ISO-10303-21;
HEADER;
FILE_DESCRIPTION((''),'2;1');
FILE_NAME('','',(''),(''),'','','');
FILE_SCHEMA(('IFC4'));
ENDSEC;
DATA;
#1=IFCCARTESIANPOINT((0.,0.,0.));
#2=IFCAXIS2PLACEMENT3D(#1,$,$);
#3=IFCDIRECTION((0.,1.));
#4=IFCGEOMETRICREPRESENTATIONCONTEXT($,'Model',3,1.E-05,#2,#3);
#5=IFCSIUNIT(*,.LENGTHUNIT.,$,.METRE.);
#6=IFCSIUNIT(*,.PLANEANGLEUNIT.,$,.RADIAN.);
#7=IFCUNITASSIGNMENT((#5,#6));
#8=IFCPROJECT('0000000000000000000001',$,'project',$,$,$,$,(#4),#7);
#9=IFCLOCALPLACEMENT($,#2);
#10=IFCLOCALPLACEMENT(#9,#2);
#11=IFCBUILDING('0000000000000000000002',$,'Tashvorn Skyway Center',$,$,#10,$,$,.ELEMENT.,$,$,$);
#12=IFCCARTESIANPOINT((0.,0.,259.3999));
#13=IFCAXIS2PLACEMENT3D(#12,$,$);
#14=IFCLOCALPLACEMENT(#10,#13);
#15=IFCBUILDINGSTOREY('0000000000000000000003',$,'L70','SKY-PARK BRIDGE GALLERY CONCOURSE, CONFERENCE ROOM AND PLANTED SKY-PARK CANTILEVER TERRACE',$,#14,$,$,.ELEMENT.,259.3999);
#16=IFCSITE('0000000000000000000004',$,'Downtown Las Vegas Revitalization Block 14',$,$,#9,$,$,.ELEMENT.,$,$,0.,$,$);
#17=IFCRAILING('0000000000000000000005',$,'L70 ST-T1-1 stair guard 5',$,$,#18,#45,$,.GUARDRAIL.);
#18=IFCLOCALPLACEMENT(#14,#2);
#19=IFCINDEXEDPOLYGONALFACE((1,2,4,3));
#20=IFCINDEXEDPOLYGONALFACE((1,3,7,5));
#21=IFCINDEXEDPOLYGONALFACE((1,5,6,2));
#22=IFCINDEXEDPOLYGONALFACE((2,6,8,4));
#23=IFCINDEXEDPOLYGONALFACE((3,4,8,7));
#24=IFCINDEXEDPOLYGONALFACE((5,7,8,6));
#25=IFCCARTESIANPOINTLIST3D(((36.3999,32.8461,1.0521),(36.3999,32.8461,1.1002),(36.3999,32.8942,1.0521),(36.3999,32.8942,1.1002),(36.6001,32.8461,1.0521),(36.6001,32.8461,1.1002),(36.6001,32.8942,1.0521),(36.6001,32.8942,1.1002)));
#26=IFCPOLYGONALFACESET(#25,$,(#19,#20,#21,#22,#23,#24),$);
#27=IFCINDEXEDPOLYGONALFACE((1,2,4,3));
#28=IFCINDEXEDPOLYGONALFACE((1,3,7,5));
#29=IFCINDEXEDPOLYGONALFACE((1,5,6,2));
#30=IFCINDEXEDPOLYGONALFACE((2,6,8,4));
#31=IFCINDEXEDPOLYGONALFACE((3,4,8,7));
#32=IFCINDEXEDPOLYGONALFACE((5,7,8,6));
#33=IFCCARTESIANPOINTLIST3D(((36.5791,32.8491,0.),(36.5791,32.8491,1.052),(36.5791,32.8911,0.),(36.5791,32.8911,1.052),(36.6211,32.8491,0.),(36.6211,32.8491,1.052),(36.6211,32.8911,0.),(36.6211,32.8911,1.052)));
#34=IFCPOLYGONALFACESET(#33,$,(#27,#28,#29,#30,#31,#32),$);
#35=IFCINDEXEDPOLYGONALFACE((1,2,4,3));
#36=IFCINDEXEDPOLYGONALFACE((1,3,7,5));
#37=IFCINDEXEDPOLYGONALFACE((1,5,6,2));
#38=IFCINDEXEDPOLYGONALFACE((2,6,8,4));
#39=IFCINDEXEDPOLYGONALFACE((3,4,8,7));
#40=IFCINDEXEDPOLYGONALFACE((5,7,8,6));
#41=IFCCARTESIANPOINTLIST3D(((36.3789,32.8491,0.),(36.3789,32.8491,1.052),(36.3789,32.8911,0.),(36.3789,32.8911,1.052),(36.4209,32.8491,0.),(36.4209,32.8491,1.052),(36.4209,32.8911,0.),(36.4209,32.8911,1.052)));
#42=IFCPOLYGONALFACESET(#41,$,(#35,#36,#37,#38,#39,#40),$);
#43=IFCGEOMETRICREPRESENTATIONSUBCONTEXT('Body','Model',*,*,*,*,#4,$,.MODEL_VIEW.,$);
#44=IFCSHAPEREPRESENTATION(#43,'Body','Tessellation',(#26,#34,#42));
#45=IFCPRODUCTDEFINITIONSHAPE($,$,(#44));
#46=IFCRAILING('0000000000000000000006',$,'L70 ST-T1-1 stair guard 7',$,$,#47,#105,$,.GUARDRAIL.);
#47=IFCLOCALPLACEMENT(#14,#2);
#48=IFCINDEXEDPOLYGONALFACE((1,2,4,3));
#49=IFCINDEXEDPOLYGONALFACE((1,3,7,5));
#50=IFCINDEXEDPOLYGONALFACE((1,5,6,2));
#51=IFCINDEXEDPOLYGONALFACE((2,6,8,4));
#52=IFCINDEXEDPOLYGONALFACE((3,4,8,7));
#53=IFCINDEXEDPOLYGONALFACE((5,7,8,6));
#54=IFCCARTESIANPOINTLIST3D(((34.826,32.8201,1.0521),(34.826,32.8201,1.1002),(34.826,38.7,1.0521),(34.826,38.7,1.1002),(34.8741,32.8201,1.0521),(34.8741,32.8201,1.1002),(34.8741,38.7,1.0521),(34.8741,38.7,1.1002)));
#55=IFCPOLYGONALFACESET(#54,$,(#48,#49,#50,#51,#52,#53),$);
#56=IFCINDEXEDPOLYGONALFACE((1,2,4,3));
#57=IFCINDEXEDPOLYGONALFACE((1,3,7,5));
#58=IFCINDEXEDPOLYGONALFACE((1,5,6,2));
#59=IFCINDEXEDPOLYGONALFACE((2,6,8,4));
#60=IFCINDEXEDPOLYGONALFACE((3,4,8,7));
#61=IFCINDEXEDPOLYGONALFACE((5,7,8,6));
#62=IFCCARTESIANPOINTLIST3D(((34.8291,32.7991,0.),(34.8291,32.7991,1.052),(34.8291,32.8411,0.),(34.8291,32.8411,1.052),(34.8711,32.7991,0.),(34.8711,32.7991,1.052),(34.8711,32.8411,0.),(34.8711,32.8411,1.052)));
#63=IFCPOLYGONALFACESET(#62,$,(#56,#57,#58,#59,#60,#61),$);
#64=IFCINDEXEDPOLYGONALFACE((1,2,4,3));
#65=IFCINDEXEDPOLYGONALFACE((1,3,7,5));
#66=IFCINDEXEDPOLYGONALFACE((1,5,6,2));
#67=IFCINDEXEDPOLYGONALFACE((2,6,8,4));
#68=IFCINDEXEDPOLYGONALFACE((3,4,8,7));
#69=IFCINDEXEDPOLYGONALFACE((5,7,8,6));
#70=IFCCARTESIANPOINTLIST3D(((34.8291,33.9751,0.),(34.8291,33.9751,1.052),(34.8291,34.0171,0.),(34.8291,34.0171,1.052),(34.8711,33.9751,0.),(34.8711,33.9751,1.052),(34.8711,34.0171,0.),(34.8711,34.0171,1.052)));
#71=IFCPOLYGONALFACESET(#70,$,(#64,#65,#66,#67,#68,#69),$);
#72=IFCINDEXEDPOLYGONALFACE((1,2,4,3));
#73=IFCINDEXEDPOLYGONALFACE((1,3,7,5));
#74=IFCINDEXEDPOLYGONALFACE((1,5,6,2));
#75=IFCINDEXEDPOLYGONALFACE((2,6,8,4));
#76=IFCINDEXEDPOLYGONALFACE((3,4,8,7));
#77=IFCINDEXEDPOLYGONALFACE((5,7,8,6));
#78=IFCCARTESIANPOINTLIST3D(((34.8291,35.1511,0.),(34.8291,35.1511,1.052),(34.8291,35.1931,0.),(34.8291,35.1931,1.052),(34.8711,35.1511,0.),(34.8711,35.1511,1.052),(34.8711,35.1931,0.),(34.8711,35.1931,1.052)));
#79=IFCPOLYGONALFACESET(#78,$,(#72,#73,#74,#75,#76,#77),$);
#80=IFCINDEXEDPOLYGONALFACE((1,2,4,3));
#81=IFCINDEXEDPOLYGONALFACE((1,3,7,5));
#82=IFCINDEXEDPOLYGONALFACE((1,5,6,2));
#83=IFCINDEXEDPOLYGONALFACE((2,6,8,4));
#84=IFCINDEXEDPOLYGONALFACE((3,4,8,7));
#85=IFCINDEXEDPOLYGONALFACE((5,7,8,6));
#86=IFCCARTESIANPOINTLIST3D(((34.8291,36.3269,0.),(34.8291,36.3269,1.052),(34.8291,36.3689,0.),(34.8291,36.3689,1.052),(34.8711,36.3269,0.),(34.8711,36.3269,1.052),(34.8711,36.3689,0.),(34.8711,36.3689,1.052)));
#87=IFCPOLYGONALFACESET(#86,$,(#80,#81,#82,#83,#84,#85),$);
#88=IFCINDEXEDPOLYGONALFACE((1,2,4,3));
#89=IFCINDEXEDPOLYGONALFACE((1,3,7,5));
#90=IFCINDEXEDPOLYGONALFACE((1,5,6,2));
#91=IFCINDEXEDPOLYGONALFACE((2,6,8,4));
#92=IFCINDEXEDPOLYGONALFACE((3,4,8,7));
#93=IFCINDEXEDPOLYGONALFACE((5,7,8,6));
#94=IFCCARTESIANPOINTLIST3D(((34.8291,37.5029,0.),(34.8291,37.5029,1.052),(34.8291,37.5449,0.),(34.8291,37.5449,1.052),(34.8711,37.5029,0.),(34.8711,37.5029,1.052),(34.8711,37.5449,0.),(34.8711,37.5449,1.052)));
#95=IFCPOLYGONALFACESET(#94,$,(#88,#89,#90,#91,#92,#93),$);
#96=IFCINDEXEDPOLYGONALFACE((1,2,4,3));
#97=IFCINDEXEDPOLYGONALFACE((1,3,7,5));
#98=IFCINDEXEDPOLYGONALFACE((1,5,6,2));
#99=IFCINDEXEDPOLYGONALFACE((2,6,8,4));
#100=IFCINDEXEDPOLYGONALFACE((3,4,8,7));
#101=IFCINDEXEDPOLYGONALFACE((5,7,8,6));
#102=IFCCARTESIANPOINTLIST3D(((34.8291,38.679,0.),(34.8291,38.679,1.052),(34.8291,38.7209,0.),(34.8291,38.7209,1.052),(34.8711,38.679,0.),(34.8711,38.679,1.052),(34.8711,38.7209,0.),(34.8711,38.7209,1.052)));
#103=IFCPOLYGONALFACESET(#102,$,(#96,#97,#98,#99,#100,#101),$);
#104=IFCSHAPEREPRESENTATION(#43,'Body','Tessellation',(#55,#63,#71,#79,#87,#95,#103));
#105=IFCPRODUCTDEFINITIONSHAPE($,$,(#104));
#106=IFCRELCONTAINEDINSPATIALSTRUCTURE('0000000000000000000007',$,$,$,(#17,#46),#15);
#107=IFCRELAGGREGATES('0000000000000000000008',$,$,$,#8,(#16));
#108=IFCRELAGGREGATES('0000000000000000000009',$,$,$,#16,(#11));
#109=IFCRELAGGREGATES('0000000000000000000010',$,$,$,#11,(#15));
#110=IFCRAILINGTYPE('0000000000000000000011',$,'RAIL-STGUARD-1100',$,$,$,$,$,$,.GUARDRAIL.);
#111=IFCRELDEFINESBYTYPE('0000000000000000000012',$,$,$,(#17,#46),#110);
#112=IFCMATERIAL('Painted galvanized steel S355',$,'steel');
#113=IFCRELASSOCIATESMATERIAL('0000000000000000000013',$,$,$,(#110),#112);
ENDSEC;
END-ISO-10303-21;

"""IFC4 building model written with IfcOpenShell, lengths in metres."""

from ifc_helpers import new_model, si_unit, direction, frame, origin, origin_2d, place, context, subcontext, project, spatial, rectangle, extrude, material, type_object, element, save


model = new_model("IFC4")

# Units and contexts
model_context = context("Model", 3, precision=1e-05, world=origin(), true_north=direction((0.0, 1.0)))
body_context = subcontext(model_context, "Body", "Model", "MODEL_VIEW")
ifc_project = project(units=[si_unit("LENGTHUNIT", "METRE"), si_unit("PLANEANGLEUNIT", "RADIAN")], contexts=[model_context])

# Site, building, storey
site_placement = place(None, origin())
site = spatial("IfcSite", under=ifc_project, at=site_placement, Name="Downtown Las Vegas Revitalization Block 14", CompositionType="ELEMENT", RefElevation=0.0)
building_placement = place(site_placement, origin())
building = spatial("IfcBuilding", under=site, at=building_placement, Name="Tashvorn Skyway Center", CompositionType="ELEMENT")
storey_placement = place(building_placement, frame((0.0, 0.0, 259.3999)))
storey = spatial("IfcBuildingStorey", under=building, at=storey_placement, Name="L70", Description="SKY-PARK BRIDGE GALLERY CONCOURSE, CONFERENCE ROOM AND PLANTED SKY-PARK CANTILEVER TERRACE", CompositionType="ELEMENT", Elevation=259.3999)

# Railings
ifc_material_1 = material(Name="Painted galvanized steel S355", Category="steel")
railing_type_1 = type_object("IfcRailingType", Name="RAIL-STGUARD-1100", PredefinedType="GUARDRAIL", material=ifc_material_1)
railing_1_placement = place(storey_placement, frame((36.6001, 32.8701, 0.0)))
element("IfcRailing", 1, at=railing_1_placement, inside=storey, type_object=railing_type_1, Name="L70 ST-T1-1 stair guard 5", PredefinedType="GUARDRAIL", context=body_context, shape_type="SweptSolid", body=[
    extrude(rectangle(XDim=0.0481, YDim=0.0481, at=origin_2d()), frame((0.0, 0.0, 1.0762), z_axis=(-1.0, 0.0, 0.0), x_axis=(0.0, -1.0, 0.0)), (0.0, 0.0, 1.0), 0.2002),
    extrude(rectangle(XDim=0.042, YDim=0.042, at=origin_2d()), origin(), (0.0, 0.0, 1.0), 1.052),
    extrude(rectangle(XDim=0.042, YDim=0.042, at=origin_2d()), frame((-0.2002, 0.0, 0.0)), (0.0, 0.0, 1.0), 1.052),
])
railing_2_placement = place(storey_placement, frame((34.8501, 32.8201, 0.0)))
element("IfcRailing", 2, at=railing_2_placement, inside=storey, type_object=railing_type_1, Name="L70 ST-T1-1 stair guard 7", PredefinedType="GUARDRAIL", context=body_context, shape_type="SweptSolid", body=[
    extrude(rectangle(XDim=0.0481, YDim=0.0481, at=origin_2d()), frame((0.0, 0.0, 1.0762), z_axis=(0.0, 1.0, 0.0), x_axis=(-1.0, 0.0, 0.0)), (0.0, 0.0, 1.0), 5.8799),
    extrude(rectangle(XDim=0.042, YDim=0.042, at=origin_2d()), origin(), (0.0, 0.0, 1.0), 1.052),
    extrude(rectangle(XDim=0.042, YDim=0.042, at=origin_2d()), frame((0.0, 1.176, 0.0)), (0.0, 0.0, 1.0), 1.052),
    extrude(rectangle(XDim=0.042, YDim=0.042, at=origin_2d()), frame((0.0, 2.3521, 0.0)), (0.0, 0.0, 1.0), 1.052),
    extrude(rectangle(XDim=0.042, YDim=0.042, at=origin_2d()), frame((0.0, 3.5278, 0.0)), (0.0, 0.0, 1.0), 1.052),
    extrude(rectangle(XDim=0.042, YDim=0.042, at=origin_2d()), frame((0.0, 4.7039, 0.0)), (0.0, 0.0, 1.0), 1.052),
    extrude(rectangle(XDim=0.042, YDim=0.042, at=origin_2d()), frame((0.0, 5.8799, 0.0)), (0.0, 0.0, 1.0), 1.052),
])

save(model, "model.ifc")
